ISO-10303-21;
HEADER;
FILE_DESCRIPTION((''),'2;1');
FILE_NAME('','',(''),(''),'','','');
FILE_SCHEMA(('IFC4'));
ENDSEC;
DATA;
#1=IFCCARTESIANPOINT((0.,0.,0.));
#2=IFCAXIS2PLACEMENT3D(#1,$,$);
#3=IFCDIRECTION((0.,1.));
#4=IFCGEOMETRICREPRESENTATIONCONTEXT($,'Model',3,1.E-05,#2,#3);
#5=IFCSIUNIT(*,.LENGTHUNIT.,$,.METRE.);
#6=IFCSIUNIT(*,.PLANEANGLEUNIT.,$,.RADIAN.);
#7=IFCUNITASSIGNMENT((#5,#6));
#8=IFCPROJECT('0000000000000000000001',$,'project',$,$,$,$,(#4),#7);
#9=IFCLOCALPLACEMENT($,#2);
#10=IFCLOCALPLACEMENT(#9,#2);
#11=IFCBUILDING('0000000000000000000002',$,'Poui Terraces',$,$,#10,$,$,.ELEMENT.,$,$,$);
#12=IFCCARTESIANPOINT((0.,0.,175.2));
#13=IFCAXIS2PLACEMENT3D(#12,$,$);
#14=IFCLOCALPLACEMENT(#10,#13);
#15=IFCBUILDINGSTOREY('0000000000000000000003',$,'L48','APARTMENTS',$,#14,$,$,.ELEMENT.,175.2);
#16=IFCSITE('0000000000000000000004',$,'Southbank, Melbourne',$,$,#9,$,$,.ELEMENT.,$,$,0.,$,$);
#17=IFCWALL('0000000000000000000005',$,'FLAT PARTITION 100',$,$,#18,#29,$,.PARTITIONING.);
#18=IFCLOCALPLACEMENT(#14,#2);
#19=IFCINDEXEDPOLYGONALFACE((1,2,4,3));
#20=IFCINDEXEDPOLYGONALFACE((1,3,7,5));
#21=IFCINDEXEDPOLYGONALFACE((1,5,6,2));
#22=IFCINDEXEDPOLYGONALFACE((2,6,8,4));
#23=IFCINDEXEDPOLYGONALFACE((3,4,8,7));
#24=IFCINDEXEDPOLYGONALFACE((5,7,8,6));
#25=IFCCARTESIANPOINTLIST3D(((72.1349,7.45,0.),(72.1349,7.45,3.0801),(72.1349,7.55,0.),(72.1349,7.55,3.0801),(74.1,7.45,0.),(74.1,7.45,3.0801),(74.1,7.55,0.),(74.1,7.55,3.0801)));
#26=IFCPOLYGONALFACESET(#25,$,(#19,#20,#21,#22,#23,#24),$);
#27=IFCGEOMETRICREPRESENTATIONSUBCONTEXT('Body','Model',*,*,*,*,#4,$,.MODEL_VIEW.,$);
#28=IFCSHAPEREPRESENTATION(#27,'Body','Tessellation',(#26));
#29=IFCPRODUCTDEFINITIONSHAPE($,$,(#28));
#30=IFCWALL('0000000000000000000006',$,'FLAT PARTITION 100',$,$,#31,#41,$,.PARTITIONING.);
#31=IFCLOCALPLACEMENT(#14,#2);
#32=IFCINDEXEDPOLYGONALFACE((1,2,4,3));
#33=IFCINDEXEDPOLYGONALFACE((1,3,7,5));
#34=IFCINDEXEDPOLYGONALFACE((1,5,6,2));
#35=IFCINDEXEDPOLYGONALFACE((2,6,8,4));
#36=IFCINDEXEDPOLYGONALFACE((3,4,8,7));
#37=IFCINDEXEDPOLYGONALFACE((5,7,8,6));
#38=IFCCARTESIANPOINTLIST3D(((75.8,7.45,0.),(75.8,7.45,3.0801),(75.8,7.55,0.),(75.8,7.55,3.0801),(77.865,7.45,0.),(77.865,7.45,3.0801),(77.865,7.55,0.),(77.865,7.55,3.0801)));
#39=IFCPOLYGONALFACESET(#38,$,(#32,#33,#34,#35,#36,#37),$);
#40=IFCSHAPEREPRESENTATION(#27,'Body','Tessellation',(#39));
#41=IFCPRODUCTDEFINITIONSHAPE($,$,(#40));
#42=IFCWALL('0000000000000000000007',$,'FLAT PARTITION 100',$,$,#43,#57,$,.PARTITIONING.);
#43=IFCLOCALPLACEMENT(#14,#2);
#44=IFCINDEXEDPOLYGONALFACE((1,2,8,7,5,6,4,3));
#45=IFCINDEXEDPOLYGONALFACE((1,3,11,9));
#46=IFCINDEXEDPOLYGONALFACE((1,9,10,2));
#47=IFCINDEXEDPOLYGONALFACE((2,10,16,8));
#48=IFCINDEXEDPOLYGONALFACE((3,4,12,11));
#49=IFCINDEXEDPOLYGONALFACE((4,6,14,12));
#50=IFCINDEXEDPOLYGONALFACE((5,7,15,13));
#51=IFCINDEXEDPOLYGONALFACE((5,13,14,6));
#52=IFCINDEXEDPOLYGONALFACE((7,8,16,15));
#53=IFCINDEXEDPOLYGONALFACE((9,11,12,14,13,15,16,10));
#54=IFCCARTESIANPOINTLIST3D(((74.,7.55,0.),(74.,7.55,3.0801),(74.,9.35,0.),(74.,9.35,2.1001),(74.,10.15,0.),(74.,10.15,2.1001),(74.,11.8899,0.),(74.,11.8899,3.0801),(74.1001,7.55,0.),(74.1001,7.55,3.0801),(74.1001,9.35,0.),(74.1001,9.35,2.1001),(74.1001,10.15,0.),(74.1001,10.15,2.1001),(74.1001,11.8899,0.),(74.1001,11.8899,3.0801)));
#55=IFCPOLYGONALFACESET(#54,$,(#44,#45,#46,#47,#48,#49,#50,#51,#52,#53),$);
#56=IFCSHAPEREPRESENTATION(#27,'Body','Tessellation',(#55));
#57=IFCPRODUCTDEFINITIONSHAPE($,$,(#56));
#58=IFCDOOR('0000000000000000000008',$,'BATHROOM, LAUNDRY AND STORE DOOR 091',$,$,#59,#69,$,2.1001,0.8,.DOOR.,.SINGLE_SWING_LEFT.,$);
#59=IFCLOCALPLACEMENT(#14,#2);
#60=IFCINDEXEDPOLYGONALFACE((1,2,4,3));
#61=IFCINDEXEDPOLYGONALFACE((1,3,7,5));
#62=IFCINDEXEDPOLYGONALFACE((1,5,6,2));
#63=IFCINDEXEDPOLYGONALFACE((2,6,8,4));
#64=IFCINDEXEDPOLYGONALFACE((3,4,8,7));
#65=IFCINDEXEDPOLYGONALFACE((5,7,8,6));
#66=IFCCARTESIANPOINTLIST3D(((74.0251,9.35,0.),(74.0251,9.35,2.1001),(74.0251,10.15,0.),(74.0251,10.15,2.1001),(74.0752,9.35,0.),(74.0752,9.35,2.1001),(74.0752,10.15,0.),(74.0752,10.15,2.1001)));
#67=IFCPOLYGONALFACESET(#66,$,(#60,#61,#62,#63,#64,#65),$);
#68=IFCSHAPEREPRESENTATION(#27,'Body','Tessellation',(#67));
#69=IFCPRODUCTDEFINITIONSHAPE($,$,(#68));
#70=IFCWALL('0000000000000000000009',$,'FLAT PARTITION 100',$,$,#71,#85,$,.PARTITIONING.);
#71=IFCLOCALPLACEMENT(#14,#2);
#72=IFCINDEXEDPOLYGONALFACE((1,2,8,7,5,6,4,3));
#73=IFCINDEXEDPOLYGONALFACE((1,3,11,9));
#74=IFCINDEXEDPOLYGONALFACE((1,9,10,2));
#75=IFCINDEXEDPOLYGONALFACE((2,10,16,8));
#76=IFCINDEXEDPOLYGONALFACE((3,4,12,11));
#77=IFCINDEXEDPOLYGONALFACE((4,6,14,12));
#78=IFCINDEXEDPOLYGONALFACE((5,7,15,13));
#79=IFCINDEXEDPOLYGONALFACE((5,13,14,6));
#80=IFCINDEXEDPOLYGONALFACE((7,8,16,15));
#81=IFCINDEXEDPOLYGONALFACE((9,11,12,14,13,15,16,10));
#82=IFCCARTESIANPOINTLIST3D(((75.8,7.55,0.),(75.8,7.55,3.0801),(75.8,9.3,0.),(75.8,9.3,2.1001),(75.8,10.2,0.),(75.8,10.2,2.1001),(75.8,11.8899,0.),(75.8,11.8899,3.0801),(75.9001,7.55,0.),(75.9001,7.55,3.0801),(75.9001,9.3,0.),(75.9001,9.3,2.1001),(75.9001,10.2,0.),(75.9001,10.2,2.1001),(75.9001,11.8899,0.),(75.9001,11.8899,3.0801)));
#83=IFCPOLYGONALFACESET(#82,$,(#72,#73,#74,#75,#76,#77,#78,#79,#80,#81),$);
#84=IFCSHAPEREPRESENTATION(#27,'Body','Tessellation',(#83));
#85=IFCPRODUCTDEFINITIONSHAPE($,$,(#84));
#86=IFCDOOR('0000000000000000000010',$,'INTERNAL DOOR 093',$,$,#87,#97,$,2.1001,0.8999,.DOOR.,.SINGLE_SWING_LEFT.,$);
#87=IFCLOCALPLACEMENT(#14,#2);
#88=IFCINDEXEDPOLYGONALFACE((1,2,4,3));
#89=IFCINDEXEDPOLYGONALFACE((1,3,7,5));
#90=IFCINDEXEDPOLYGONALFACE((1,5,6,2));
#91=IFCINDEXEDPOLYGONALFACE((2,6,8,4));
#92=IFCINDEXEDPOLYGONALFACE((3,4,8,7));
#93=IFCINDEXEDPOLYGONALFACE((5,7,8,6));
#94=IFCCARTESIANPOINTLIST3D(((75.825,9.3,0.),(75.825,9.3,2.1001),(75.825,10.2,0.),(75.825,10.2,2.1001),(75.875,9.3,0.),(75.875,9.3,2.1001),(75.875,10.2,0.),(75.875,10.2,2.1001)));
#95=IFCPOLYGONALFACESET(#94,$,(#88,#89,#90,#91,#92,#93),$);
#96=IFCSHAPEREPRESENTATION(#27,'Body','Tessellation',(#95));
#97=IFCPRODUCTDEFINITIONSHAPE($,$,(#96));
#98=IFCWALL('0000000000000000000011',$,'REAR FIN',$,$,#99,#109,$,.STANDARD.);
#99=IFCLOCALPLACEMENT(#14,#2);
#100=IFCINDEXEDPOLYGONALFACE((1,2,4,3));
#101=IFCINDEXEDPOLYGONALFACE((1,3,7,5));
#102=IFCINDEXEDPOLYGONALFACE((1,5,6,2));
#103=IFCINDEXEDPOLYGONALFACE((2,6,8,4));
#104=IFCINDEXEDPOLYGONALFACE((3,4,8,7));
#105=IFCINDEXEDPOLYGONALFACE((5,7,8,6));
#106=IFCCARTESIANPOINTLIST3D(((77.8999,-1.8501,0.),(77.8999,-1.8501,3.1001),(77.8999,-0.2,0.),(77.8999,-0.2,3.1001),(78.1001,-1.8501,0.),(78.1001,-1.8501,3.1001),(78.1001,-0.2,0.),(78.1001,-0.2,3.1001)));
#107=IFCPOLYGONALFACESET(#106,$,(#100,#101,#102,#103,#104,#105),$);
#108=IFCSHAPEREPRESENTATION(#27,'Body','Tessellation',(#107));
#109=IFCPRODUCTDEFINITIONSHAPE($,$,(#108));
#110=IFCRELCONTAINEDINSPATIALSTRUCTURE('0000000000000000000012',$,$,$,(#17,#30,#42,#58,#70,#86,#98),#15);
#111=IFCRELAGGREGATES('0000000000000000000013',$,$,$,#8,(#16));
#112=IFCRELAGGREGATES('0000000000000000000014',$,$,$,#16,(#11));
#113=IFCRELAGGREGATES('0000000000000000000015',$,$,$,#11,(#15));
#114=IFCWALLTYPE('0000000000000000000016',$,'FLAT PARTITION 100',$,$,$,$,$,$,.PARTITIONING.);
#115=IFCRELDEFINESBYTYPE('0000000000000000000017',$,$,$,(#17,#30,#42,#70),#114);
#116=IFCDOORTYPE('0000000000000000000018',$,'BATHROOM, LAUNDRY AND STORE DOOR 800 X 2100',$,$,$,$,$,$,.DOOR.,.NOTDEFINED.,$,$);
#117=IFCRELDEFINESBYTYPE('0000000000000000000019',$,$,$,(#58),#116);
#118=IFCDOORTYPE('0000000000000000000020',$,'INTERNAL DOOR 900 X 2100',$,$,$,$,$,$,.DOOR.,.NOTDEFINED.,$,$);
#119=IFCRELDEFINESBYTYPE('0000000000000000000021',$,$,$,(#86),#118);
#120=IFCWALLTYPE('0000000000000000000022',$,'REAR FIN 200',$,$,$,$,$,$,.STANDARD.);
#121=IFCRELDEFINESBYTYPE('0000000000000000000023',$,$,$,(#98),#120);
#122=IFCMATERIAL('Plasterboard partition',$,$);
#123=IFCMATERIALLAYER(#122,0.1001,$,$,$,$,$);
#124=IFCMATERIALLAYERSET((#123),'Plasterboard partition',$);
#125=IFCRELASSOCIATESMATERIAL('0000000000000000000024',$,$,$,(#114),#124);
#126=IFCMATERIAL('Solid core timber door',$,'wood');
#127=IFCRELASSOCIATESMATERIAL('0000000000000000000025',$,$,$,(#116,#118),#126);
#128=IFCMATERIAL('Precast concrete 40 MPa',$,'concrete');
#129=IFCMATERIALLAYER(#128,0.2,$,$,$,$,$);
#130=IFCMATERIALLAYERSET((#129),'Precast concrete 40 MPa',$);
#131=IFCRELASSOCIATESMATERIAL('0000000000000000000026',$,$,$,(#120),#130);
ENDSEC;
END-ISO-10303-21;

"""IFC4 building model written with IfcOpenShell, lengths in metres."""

from ifc_helpers import new_model, si_unit, direction, frame, frame_2d, origin, place, context, subcontext, project, spatial, polyline, rectangle, outline, extrude, source, transform, mapped, material, layer, layer_set, type_object, element, fill, save


model = new_model("IFC4")

# Units and contexts
model_context = context("Model", 3, precision=1e-05, world=origin(), true_north=direction((0.0, 1.0)))
body_context = subcontext(model_context, "Body", "Model", "MODEL_VIEW")
ifc_project = project(units=[si_unit("LENGTHUNIT", "METRE"), si_unit("PLANEANGLEUNIT", "RADIAN")], contexts=[model_context])

# Site, building, storey
site_placement = place(None, origin())
site = spatial("IfcSite", under=ifc_project, at=site_placement, Name="Southbank, Melbourne", CompositionType="ELEMENT", RefElevation=0.0)
building_placement = place(site_placement, origin())
building = spatial("IfcBuilding", under=site, at=building_placement, Name="Poui Terraces", CompositionType="ELEMENT")
storey_placement = place(building_placement, frame((0.0, 0.0, 175.2)))
storey = spatial("IfcBuildingStorey", under=building, at=storey_placement, Name="L48", Description="APARTMENTS", CompositionType="ELEMENT", Elevation=175.2)

# Shared definitions
ifc_material_1 = material(Name="Solid core timber door", Category="wood")

# Walls
ifc_material_2 = material(Name="Plasterboard partition")
ifc_layer_1 = layer(ifc_material_2, 0.1001)
ifc_layer_set_1 = layer_set([ifc_layer_1], Name="Plasterboard partition")
wall_type_1 = type_object("IfcWallType", Name="FLAT PARTITION 100", PredefinedType="PARTITIONING", material=ifc_layer_set_1)
wall_1_placement = place(storey_placement, frame((72.135, 7.5, 0.0), z_axis=(0.0, 0.0, 1.0), x_axis=(1.0, 0.0, 0.0)))
element("IfcWall", 1, at=wall_1_placement, inside=storey, type_object=wall_type_1, Name="FLAT PARTITION 100", PredefinedType="PARTITIONING", context=body_context, shape_type="SweptSolid", body=[
    extrude(rectangle(XDim=1.9651, YDim=0.1001, at=frame_2d((0.9824, 0.0))), origin(), (0.0, 0.0, 1.0), 3.0801),
])
wall_2_placement = place(storey_placement, frame((75.8, 7.5, 0.0), z_axis=(0.0, 0.0, 1.0), x_axis=(1.0, 0.0, 0.0)))
element("IfcWall", 2, at=wall_2_placement, inside=storey, type_object=wall_type_1, Name="FLAT PARTITION 100", PredefinedType="PARTITIONING", context=body_context, shape_type="SweptSolid", body=[
    extrude(rectangle(XDim=2.0649, YDim=0.1001, at=frame_2d((1.0325, 0.0))), origin(), (0.0, 0.0, 1.0), 3.0801),
])

# Walls, openings, doors
wall_3_placement = place(storey_placement, frame((74.05, 7.55, 0.0), z_axis=(0.0, 0.0, 1.0), x_axis=(0.0, 1.0, 0.0)))
wall_3 = element("IfcWall", 3, at=wall_3_placement, inside=storey, type_object=wall_type_1, Name="FLAT PARTITION 100", PredefinedType="PARTITIONING", context=body_context, shape_type="SweptSolid", body=[
    extrude(rectangle(XDim=4.3398, YDim=0.1001, at=frame_2d((2.1699, 0.0))), origin(), (0.0, 0.0, 1.0), 3.0801),
])
opening_1_placement = place(wall_3_placement, frame((1.8, 0.0, 0.0)))
opening_1 = element("IfcOpeningElement", 4, at=opening_1_placement, cuts=wall_3, PredefinedType="OPENING", context=body_context, shape_type="SweptSolid", body=[
    extrude(rectangle(XDim=0.8, YDim=2.1001, at=frame_2d((0.3999, 1.05))), frame((0.0, 0.0601, 0.0), z_axis=(0.0, -1.0, 0.0), x_axis=(1.0, 0.0, 0.0)), (0.0, 0.0, 1.0), 0.1201),
])
door_type_1 = type_object("IfcDoorType", Name="BATHROOM, LAUNDRY AND STORE DOOR 800 X 2100", OperationType="NOTDEFINED", PredefinedType="DOOR", material=ifc_material_1)
door_1_placement = place(opening_1_placement, origin())
door_1 = element("IfcDoor", 5, at=door_1_placement, inside=storey, type_object=door_type_1, Name="BATHROOM, LAUNDRY AND STORE DOOR 091", OperationType="SINGLE_SWING_LEFT", OverallHeight=2.1001, OverallWidth=0.8, PredefinedType="DOOR", context=body_context, shape_type="SweptSolid", body=[
    extrude(rectangle(XDim=0.8, YDim=2.1001, at=frame_2d((0.3999, 1.05))), frame((0.0, 0.0249, 0.0), z_axis=(0.0, -1.0, 0.0), x_axis=(1.0, 0.0, 0.0)), (0.0, 0.0, 1.0), 0.05),
])
fill(opening_1, door_1)
wall_4_placement = place(storey_placement, frame((75.8501, 7.55, 0.0), z_axis=(0.0, 0.0, 1.0), x_axis=(0.0, 1.0, 0.0)))
wall_4 = element("IfcWall", 6, at=wall_4_placement, inside=storey, type_object=wall_type_1, Name="FLAT PARTITION 100", PredefinedType="PARTITIONING", context=body_context, shape_type="SweptSolid", body=[
    extrude(rectangle(XDim=4.3398, YDim=0.1001, at=frame_2d((2.1699, 0.0))), origin(), (0.0, 0.0, 1.0), 3.0801),
])
opening_2_placement = place(wall_4_placement, frame((1.75, 0.0, 0.0)))
opening_2 = element("IfcOpeningElement", 7, at=opening_2_placement, cuts=wall_4, PredefinedType="OPENING", context=body_context, shape_type="SweptSolid", body=[
    extrude(rectangle(XDim=0.8999, YDim=2.1001, at=frame_2d((0.45, 1.05))), frame((0.0, 0.0601, 0.0), z_axis=(0.0, -1.0, 0.0), x_axis=(1.0, 0.0, 0.0)), (0.0, 0.0, 1.0), 0.1201),
])
door_type_2 = type_object("IfcDoorType", Name="INTERNAL DOOR 900 X 2100", OperationType="NOTDEFINED", PredefinedType="DOOR", material=ifc_material_1)
door_2_placement = place(opening_2_placement, frame((0.8999, 0.0, 0.0), z_axis=(0.0, 0.0, 1.0), x_axis=(-1.0, 0.0, 0.0)))
door_2 = element("IfcDoor", 8, at=door_2_placement, inside=storey, type_object=door_type_2, Name="INTERNAL DOOR 093", OperationType="SINGLE_SWING_LEFT", OverallHeight=2.1001, OverallWidth=0.8999, PredefinedType="DOOR", context=body_context, shape_type="SweptSolid", body=[
    extrude(rectangle(XDim=0.8999, YDim=2.1001, at=frame_2d((0.45, 1.05))), frame((0.0, 0.0249, 0.0), z_axis=(0.0, -1.0, 0.0), x_axis=(1.0, 0.0, 0.0)), (0.0, 0.0, 1.0), 0.05),
])
fill(opening_2, door_2)

# Wall
ifc_material_3 = material(Name="Precast concrete 40 MPa", Category="concrete")
ifc_layer_2 = layer(ifc_material_3, 0.2)
ifc_layer_set_2 = layer_set([ifc_layer_2], Name="Precast concrete 40 MPa")
wall_type_2 = type_object("IfcWallType", Name="REAR FIN 200", PredefinedType="STANDARD", material=ifc_layer_set_2)
shared_shape_1 = source(origin(), body_context, "Body", "SweptSolid", [
    extrude(outline(polyline([(0.0, 0.0), (0.2002, 0.0), (0.2002, 1.6501), (0.0, 1.6501), (0.0, 0.0)])), origin(), (0.0, 0.0, 1.0), 3.1001),
])
wall_5_placement = place(storey_placement, frame((77.8999, -1.8501, 0.0)))
element("IfcWall", 9, at=wall_5_placement, inside=storey, type_object=wall_type_2, Name="REAR FIN", PredefinedType="STANDARD", context=body_context, shape_type="MappedRepresentation", body=[
    mapped(shared_shape_1, transform((0.0, 0.0, 0.0))),
])

save(model, "model.ifc")
